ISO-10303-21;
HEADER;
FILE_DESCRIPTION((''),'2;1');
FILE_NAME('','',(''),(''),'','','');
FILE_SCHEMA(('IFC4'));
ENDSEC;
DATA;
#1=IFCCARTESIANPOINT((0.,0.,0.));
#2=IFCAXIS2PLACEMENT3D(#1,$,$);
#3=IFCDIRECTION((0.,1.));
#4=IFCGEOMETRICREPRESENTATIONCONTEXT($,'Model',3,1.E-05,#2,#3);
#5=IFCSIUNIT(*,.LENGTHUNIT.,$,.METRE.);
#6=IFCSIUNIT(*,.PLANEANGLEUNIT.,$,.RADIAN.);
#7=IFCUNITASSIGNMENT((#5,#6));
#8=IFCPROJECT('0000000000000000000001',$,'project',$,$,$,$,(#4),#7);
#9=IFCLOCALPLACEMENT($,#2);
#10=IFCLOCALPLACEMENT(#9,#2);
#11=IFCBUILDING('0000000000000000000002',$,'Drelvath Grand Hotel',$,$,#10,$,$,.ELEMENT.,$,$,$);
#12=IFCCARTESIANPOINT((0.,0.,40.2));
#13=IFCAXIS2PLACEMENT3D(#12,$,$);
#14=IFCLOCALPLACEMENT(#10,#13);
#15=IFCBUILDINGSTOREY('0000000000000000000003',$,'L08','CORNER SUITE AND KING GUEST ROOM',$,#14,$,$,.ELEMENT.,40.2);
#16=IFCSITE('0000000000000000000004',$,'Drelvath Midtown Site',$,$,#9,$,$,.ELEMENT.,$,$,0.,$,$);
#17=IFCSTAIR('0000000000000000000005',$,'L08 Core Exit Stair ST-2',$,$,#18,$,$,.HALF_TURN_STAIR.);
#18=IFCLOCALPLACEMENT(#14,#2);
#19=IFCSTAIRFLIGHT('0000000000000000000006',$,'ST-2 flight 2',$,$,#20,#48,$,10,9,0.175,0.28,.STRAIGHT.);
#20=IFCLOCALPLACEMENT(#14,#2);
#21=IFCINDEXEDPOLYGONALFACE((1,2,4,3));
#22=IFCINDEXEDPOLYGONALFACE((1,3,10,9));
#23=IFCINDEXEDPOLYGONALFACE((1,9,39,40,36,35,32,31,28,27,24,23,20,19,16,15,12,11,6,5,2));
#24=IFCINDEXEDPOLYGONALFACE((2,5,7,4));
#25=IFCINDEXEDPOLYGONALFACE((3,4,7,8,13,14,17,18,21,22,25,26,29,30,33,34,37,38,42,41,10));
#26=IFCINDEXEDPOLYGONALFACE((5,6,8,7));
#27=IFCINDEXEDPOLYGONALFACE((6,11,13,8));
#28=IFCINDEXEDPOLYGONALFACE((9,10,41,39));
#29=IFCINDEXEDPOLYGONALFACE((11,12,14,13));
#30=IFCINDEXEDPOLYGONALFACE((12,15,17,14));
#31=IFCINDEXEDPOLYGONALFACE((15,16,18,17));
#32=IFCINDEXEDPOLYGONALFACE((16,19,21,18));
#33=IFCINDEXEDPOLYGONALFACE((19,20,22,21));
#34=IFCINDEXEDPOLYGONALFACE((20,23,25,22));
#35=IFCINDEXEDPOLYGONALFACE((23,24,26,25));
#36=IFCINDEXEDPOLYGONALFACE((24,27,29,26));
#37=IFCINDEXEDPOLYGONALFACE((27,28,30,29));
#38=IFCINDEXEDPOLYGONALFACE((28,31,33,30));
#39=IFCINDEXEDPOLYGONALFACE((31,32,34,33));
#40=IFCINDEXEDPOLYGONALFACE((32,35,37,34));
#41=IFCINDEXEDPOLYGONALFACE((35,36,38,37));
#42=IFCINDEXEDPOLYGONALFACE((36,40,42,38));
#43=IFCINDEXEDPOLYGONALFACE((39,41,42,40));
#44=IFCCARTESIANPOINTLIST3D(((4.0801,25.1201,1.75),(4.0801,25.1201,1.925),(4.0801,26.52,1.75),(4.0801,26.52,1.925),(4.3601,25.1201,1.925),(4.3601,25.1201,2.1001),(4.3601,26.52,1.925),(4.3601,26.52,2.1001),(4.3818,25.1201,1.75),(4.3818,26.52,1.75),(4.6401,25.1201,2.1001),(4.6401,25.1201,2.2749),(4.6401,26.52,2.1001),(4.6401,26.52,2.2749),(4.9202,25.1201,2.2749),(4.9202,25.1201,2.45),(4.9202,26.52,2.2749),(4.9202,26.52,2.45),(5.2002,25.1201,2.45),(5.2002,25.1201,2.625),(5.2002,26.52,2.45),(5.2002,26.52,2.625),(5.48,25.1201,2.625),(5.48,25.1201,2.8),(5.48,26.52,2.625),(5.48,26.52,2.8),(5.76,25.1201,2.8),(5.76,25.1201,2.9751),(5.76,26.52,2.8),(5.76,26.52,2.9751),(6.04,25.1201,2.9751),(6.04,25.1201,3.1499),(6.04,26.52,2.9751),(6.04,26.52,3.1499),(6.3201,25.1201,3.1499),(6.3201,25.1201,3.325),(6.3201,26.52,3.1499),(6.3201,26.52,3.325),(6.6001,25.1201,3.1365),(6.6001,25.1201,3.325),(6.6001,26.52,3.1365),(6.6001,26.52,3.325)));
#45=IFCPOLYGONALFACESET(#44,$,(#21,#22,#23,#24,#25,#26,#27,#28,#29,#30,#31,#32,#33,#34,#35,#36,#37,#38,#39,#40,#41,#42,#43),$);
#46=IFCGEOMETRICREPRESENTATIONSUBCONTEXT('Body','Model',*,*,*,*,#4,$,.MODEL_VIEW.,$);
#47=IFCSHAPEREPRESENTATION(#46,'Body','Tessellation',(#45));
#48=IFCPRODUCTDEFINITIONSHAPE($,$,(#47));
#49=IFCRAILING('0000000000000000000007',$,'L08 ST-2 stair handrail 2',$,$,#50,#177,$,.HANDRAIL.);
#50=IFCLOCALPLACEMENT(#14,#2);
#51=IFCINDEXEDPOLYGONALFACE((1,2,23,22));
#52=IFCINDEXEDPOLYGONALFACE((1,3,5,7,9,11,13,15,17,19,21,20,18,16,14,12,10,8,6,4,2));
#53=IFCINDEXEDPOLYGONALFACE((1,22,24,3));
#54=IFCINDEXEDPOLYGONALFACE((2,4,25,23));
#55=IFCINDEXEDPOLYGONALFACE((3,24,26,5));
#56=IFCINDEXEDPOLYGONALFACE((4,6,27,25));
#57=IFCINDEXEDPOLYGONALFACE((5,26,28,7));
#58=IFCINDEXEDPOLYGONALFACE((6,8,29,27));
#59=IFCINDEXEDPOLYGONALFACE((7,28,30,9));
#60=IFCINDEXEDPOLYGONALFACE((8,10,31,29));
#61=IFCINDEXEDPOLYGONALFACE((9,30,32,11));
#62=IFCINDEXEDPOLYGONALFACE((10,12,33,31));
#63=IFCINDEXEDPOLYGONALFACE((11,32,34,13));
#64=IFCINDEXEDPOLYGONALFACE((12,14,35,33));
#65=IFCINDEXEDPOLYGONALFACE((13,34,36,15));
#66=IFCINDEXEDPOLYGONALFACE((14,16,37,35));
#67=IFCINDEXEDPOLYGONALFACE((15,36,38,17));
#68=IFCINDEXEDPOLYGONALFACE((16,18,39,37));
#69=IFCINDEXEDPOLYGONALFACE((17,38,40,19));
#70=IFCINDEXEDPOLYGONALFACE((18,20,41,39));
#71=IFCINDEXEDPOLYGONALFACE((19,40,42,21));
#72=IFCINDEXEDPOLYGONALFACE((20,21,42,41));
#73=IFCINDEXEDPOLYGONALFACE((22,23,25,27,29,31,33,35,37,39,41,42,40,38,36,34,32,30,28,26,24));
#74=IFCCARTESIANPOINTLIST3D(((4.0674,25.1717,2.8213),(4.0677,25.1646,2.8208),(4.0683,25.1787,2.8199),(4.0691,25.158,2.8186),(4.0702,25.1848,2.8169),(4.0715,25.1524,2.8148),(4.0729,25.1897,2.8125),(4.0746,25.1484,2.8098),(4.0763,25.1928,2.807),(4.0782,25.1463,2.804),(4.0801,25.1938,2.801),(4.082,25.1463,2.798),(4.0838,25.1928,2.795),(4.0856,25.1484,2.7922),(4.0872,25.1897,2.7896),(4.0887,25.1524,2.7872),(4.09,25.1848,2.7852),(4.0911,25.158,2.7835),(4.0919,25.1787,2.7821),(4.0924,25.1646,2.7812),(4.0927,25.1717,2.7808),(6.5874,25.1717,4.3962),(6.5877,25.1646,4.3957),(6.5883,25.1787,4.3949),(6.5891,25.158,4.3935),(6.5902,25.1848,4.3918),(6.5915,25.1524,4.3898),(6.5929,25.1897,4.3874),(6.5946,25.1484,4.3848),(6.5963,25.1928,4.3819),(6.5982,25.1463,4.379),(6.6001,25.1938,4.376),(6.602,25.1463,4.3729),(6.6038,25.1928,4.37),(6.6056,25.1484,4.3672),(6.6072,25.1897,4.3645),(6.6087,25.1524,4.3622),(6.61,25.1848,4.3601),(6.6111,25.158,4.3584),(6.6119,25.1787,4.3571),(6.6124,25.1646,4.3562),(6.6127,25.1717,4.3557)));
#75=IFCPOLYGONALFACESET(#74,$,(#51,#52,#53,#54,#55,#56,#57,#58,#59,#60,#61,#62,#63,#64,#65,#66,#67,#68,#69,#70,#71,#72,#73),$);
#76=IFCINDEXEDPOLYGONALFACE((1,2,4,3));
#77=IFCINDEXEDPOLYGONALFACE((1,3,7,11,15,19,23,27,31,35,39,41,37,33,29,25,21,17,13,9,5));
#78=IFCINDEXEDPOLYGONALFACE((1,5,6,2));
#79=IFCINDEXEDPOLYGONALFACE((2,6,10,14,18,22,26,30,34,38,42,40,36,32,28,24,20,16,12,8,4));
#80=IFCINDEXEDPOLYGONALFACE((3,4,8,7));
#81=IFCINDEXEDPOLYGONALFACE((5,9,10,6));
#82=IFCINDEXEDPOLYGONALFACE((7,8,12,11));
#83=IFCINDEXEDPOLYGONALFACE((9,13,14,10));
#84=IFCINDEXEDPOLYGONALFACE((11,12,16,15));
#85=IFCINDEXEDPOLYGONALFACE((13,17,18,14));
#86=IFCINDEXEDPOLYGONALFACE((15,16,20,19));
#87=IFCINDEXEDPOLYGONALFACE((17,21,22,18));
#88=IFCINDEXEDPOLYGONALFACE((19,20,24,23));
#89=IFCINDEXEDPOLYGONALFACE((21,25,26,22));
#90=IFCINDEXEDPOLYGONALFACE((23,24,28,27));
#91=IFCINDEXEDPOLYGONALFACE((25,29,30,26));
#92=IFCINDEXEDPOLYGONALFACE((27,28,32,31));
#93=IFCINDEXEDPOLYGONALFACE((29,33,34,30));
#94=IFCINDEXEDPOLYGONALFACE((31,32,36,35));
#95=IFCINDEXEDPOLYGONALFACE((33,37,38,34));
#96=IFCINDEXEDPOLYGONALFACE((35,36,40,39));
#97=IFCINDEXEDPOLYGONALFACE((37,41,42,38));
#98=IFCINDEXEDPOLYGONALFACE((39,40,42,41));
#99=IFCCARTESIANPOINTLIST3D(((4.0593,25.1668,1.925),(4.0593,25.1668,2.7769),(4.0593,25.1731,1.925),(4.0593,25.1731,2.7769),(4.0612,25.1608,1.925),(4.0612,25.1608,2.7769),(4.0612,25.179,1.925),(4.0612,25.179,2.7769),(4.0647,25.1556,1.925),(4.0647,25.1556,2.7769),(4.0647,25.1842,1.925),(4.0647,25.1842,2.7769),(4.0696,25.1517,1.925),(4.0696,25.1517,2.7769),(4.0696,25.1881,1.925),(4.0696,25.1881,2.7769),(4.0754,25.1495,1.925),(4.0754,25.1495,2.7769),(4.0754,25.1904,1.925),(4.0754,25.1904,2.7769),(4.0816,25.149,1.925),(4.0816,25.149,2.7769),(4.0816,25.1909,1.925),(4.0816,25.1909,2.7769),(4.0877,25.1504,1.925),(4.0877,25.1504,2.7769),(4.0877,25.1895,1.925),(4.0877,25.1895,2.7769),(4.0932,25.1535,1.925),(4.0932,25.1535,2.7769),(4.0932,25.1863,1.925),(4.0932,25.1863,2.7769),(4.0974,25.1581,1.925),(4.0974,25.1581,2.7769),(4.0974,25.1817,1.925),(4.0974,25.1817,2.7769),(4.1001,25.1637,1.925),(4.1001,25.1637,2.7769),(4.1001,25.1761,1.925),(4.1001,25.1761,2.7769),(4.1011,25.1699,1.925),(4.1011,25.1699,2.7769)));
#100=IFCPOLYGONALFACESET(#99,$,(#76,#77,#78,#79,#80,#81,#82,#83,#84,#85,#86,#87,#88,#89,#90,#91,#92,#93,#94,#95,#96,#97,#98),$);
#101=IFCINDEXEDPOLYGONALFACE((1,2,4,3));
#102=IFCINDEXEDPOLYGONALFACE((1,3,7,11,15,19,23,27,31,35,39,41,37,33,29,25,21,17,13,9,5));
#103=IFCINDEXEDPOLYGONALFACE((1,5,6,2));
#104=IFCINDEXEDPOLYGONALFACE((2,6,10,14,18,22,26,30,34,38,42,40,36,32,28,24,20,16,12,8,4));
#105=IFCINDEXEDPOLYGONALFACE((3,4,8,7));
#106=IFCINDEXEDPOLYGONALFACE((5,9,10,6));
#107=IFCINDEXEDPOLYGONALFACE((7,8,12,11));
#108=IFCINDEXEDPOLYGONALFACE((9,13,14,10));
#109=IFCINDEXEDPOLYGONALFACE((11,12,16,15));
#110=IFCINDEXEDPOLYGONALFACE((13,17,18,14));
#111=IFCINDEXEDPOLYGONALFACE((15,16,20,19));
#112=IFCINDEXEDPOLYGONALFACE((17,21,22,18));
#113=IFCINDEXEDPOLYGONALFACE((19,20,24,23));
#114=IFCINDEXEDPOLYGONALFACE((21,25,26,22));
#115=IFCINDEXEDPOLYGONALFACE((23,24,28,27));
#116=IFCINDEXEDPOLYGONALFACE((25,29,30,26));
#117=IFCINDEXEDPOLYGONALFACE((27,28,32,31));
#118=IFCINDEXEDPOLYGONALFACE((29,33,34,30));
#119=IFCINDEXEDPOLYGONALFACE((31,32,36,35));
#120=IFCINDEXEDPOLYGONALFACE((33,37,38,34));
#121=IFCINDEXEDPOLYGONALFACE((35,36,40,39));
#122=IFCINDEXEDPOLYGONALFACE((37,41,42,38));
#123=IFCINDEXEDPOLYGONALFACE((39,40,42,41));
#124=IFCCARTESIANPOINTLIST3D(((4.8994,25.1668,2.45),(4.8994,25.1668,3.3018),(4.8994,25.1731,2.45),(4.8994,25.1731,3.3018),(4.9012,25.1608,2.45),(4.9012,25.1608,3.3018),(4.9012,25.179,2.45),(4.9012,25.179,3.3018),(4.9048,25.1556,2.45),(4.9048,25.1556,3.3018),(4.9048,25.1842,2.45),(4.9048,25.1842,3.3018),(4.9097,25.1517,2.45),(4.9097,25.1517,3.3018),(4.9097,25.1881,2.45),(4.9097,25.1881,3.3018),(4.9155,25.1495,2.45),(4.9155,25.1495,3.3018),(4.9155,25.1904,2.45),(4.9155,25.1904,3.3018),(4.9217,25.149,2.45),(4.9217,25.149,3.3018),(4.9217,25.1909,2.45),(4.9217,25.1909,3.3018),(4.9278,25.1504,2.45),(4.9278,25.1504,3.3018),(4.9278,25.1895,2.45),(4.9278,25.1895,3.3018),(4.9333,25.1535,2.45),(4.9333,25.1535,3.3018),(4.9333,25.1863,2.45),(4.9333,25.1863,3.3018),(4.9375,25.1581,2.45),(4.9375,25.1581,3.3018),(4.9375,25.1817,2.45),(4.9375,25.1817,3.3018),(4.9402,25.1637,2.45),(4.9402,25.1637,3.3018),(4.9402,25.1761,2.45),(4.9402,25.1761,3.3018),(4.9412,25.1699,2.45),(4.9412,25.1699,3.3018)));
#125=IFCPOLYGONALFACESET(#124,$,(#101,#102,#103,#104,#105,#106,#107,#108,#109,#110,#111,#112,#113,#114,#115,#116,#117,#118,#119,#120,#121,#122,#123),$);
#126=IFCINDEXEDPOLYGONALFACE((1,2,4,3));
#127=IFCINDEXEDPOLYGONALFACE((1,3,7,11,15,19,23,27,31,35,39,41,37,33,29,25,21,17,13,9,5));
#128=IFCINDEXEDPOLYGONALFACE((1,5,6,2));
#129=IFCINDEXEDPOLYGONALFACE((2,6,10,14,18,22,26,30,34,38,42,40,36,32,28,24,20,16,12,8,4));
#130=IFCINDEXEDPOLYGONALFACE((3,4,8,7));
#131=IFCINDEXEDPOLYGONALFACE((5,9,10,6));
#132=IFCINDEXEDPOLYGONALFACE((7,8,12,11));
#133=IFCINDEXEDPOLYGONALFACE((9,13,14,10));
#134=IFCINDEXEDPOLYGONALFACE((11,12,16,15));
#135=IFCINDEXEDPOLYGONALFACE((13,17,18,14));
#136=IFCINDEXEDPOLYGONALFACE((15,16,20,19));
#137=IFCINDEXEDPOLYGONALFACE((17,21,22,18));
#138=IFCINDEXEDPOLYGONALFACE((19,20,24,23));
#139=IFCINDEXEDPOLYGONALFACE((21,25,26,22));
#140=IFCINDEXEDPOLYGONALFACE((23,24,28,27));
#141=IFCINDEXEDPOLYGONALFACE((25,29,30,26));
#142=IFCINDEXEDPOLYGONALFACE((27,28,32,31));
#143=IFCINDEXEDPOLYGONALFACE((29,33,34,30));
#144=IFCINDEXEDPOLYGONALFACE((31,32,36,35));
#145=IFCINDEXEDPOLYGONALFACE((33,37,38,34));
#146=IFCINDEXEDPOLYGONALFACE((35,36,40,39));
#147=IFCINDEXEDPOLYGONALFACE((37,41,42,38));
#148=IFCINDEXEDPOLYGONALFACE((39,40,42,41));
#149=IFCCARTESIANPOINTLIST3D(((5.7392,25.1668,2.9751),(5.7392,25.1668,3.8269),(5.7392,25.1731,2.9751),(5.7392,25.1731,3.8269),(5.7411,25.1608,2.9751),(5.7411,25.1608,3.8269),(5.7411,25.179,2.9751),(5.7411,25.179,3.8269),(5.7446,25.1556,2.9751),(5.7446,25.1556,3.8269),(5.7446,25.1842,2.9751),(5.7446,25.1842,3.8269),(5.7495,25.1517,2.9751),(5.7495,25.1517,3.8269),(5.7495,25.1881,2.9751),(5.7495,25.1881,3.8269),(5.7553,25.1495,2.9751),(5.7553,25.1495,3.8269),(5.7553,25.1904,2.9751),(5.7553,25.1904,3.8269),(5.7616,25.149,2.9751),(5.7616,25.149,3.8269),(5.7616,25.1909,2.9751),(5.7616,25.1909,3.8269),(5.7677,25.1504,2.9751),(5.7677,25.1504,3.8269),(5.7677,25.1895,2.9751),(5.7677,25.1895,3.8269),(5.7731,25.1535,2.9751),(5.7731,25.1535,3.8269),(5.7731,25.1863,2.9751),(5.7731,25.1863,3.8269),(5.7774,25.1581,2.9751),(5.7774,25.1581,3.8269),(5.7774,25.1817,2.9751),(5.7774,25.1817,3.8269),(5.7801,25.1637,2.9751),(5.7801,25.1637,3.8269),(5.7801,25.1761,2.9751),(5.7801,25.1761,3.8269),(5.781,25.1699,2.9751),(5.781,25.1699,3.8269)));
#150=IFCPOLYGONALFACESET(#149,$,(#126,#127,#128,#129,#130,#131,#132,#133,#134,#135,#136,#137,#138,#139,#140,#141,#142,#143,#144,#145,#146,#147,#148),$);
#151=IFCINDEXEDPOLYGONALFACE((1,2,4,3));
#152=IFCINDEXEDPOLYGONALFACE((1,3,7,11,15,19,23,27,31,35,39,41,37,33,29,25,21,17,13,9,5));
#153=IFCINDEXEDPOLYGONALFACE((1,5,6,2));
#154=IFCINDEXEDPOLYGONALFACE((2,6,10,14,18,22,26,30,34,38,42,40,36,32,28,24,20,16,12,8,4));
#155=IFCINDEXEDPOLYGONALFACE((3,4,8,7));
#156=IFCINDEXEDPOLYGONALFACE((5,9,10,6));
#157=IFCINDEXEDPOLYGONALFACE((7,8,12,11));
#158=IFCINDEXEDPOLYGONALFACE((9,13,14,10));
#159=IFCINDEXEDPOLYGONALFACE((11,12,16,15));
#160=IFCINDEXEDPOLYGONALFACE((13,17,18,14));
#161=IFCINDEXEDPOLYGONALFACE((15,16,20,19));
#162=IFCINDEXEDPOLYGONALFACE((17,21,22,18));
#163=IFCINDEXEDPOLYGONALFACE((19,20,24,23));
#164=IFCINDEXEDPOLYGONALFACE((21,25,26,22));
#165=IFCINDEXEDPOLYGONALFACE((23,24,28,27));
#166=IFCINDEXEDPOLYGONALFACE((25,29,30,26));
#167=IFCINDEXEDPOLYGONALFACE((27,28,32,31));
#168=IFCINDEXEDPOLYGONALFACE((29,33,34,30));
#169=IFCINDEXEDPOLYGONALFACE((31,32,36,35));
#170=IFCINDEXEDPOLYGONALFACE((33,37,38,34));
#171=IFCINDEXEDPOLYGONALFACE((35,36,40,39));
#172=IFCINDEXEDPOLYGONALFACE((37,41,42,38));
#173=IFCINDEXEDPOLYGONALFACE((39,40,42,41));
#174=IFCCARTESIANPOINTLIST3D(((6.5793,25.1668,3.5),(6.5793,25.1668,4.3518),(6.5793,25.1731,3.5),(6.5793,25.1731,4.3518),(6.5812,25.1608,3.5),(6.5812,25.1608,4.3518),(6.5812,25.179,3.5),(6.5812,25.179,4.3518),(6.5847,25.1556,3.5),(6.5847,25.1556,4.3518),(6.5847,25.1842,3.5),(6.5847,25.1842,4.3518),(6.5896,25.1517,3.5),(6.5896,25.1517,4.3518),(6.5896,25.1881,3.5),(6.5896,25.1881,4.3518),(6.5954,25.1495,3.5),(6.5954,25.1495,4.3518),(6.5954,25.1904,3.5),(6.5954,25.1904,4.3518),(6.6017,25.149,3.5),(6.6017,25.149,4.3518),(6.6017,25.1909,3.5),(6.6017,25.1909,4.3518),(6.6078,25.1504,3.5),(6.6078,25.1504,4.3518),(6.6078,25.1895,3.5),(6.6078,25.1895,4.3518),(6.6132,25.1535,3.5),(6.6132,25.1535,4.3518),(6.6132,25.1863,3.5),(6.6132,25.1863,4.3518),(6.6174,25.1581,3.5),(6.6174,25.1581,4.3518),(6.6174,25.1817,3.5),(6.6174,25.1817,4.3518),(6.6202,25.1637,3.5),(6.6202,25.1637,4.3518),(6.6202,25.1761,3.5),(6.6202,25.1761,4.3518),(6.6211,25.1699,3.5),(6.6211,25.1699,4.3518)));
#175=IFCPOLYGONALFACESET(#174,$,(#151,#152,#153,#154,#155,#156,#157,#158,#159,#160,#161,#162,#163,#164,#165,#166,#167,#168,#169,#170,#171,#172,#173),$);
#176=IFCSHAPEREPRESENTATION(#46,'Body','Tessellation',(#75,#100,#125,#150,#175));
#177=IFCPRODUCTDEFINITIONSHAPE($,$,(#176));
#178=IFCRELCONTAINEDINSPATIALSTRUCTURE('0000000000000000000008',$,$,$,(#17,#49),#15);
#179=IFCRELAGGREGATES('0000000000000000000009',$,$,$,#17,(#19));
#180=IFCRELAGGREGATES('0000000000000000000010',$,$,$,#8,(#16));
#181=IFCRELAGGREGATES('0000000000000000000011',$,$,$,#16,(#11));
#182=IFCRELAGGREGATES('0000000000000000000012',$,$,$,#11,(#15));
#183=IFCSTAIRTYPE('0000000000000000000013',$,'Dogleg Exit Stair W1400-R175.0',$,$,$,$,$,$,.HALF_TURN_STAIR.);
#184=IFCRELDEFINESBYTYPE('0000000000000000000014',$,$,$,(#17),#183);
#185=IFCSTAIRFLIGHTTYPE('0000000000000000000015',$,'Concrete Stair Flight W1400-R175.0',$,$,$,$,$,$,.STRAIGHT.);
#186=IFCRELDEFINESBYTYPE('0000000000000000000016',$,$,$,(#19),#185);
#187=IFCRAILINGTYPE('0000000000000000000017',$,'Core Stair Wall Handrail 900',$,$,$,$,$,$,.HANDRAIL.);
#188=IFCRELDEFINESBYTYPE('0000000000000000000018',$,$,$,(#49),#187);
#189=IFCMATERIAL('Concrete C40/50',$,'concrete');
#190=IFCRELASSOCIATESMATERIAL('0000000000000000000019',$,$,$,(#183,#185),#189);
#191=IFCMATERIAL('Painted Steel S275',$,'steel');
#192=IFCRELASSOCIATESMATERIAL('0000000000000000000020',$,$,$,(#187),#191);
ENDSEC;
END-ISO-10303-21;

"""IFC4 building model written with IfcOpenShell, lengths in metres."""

from ifc_helpers import new_model, si_unit, direction, frame, origin, origin_2d, place, context, subcontext, project, spatial, polyline, circle, outline, extrude, material, type_object, element, aggregate, save


model = new_model("IFC4")

# Units and contexts
model_context = context("Model", 3, precision=1e-05, world=origin(), true_north=direction((0.0, 1.0)))
body_context = subcontext(model_context, "Body", "Model", "MODEL_VIEW")
ifc_project = project(units=[si_unit("LENGTHUNIT", "METRE"), si_unit("PLANEANGLEUNIT", "RADIAN")], contexts=[model_context])

# Site, building, storey
site_placement = place(None, origin())
site = spatial("IfcSite", under=ifc_project, at=site_placement, Name="Drelvath Midtown Site", CompositionType="ELEMENT", RefElevation=0.0)
building_placement = place(site_placement, origin())
building = spatial("IfcBuilding", under=site, at=building_placement, Name="Drelvath Grand Hotel", CompositionType="ELEMENT")
storey_placement = place(building_placement, frame((0.0, 0.0, 40.2)))
storey = spatial("IfcBuildingStorey", under=building, at=storey_placement, Name="L08", Description="CORNER SUITE AND KING GUEST ROOM", CompositionType="ELEMENT", Elevation=40.2)

# Shared definitions
ifc_material_1 = material(Name="Concrete C40/50", Category="concrete")

# Shared definitions
ifc_material_2 = material(Name="Painted Steel S275", Category="steel")

# Stair, stair flight
stair_type = type_object("IfcStairType", Name="Dogleg Exit Stair W1400-R175.0", PredefinedType="HALF_TURN_STAIR", material=ifc_material_1)
stair_placement = place(storey_placement, origin())
stair = element("IfcStair", 1, at=stair_placement, inside=storey, type_object=stair_type, Name="L08 Core Exit Stair ST-2", PredefinedType="HALF_TURN_STAIR")
stair_flight_type = type_object("IfcStairFlightType", Name="Concrete Stair Flight W1400-R175.0", PredefinedType="STRAIGHT", material=ifc_material_1)
stair_flight_placement = place(storey_placement, frame((4.0801, 25.8201, 1.75), z_axis=(0.0, 0.0, 1.0), x_axis=(1.0, 0.0, 0.0)))
stair_flight = element("IfcStairFlight", 2, at=stair_flight_placement, type_object=stair_flight_type, Name="ST-2 flight 2", NumberOfRisers=10, NumberOfTreads=9, PredefinedType="STRAIGHT", RiserHeight=0.175, TreadLength=0.28, context=body_context, shape_type="SweptSolid", body=[
    extrude(outline(polyline([(0.0, 0.0), (0.0, 0.175), (0.28, 0.175), (0.28, 0.3501), (0.5601, 0.3501), (0.5601, 0.5249), (0.8401, 0.5249), (0.8401, 0.7), (1.1201, 0.7), (1.1201, 0.875), (1.3999, 0.875), (1.3999, 1.05), (1.6799, 1.05), (1.6799, 1.2251), (1.96, 1.2251), (1.96, 1.3999), (2.24, 1.3999), (2.24, 1.575), (2.52, 1.575), (2.52, 1.75), (2.52, 1.3865), (0.3018, 0.0), (0.0, 0.0)])), frame((0.0, 0.7, 0.0), z_axis=(0.0, -1.0, 0.0), x_axis=(1.0, 0.0, 0.0)), (0.0, 0.0, 1.0), 1.3999),
])
aggregate(stair, [stair_flight])

# Railing
railing_type_1 = type_object("IfcRailingType", Name="Core Stair Wall Handrail 900", PredefinedType="HANDRAIL", material=ifc_material_2)
railing_1_placement = place(storey_placement, frame((4.0801, 25.1699, 1.925)))
element("IfcRailing", 3, at=railing_1_placement, inside=storey, type_object=railing_type_1, Name="L08 ST-2 stair handrail 2", PredefinedType="HANDRAIL", context=body_context, shape_type="SweptSolid", body=[
    extrude(circle(Radius=0.0239, at=origin_2d()), frame((0.0, 0.0, 0.876), z_axis=(0.848008, 0.0, 0.529984), x_axis=(0.0, 1.0, 0.0)), (0.0, 0.0, 1.0), 2.9717),
    extrude(circle(Radius=0.021, at=origin_2d()), origin(), (0.0, 0.0, 1.0), 0.8518),
    extrude(circle(Radius=0.021, at=origin_2d()), frame((0.8401, 0.0, 0.5249)), (0.0, 0.0, 1.0), 0.8518),
    extrude(circle(Radius=0.021, at=origin_2d()), frame((1.6799, 0.0, 1.05)), (0.0, 0.0, 1.0), 0.8518),
    extrude(circle(Radius=0.021, at=origin_2d()), frame((2.52, 0.0, 1.575)), (0.0, 0.0, 1.0), 0.8518),
])

save(model, "model.ifc")
